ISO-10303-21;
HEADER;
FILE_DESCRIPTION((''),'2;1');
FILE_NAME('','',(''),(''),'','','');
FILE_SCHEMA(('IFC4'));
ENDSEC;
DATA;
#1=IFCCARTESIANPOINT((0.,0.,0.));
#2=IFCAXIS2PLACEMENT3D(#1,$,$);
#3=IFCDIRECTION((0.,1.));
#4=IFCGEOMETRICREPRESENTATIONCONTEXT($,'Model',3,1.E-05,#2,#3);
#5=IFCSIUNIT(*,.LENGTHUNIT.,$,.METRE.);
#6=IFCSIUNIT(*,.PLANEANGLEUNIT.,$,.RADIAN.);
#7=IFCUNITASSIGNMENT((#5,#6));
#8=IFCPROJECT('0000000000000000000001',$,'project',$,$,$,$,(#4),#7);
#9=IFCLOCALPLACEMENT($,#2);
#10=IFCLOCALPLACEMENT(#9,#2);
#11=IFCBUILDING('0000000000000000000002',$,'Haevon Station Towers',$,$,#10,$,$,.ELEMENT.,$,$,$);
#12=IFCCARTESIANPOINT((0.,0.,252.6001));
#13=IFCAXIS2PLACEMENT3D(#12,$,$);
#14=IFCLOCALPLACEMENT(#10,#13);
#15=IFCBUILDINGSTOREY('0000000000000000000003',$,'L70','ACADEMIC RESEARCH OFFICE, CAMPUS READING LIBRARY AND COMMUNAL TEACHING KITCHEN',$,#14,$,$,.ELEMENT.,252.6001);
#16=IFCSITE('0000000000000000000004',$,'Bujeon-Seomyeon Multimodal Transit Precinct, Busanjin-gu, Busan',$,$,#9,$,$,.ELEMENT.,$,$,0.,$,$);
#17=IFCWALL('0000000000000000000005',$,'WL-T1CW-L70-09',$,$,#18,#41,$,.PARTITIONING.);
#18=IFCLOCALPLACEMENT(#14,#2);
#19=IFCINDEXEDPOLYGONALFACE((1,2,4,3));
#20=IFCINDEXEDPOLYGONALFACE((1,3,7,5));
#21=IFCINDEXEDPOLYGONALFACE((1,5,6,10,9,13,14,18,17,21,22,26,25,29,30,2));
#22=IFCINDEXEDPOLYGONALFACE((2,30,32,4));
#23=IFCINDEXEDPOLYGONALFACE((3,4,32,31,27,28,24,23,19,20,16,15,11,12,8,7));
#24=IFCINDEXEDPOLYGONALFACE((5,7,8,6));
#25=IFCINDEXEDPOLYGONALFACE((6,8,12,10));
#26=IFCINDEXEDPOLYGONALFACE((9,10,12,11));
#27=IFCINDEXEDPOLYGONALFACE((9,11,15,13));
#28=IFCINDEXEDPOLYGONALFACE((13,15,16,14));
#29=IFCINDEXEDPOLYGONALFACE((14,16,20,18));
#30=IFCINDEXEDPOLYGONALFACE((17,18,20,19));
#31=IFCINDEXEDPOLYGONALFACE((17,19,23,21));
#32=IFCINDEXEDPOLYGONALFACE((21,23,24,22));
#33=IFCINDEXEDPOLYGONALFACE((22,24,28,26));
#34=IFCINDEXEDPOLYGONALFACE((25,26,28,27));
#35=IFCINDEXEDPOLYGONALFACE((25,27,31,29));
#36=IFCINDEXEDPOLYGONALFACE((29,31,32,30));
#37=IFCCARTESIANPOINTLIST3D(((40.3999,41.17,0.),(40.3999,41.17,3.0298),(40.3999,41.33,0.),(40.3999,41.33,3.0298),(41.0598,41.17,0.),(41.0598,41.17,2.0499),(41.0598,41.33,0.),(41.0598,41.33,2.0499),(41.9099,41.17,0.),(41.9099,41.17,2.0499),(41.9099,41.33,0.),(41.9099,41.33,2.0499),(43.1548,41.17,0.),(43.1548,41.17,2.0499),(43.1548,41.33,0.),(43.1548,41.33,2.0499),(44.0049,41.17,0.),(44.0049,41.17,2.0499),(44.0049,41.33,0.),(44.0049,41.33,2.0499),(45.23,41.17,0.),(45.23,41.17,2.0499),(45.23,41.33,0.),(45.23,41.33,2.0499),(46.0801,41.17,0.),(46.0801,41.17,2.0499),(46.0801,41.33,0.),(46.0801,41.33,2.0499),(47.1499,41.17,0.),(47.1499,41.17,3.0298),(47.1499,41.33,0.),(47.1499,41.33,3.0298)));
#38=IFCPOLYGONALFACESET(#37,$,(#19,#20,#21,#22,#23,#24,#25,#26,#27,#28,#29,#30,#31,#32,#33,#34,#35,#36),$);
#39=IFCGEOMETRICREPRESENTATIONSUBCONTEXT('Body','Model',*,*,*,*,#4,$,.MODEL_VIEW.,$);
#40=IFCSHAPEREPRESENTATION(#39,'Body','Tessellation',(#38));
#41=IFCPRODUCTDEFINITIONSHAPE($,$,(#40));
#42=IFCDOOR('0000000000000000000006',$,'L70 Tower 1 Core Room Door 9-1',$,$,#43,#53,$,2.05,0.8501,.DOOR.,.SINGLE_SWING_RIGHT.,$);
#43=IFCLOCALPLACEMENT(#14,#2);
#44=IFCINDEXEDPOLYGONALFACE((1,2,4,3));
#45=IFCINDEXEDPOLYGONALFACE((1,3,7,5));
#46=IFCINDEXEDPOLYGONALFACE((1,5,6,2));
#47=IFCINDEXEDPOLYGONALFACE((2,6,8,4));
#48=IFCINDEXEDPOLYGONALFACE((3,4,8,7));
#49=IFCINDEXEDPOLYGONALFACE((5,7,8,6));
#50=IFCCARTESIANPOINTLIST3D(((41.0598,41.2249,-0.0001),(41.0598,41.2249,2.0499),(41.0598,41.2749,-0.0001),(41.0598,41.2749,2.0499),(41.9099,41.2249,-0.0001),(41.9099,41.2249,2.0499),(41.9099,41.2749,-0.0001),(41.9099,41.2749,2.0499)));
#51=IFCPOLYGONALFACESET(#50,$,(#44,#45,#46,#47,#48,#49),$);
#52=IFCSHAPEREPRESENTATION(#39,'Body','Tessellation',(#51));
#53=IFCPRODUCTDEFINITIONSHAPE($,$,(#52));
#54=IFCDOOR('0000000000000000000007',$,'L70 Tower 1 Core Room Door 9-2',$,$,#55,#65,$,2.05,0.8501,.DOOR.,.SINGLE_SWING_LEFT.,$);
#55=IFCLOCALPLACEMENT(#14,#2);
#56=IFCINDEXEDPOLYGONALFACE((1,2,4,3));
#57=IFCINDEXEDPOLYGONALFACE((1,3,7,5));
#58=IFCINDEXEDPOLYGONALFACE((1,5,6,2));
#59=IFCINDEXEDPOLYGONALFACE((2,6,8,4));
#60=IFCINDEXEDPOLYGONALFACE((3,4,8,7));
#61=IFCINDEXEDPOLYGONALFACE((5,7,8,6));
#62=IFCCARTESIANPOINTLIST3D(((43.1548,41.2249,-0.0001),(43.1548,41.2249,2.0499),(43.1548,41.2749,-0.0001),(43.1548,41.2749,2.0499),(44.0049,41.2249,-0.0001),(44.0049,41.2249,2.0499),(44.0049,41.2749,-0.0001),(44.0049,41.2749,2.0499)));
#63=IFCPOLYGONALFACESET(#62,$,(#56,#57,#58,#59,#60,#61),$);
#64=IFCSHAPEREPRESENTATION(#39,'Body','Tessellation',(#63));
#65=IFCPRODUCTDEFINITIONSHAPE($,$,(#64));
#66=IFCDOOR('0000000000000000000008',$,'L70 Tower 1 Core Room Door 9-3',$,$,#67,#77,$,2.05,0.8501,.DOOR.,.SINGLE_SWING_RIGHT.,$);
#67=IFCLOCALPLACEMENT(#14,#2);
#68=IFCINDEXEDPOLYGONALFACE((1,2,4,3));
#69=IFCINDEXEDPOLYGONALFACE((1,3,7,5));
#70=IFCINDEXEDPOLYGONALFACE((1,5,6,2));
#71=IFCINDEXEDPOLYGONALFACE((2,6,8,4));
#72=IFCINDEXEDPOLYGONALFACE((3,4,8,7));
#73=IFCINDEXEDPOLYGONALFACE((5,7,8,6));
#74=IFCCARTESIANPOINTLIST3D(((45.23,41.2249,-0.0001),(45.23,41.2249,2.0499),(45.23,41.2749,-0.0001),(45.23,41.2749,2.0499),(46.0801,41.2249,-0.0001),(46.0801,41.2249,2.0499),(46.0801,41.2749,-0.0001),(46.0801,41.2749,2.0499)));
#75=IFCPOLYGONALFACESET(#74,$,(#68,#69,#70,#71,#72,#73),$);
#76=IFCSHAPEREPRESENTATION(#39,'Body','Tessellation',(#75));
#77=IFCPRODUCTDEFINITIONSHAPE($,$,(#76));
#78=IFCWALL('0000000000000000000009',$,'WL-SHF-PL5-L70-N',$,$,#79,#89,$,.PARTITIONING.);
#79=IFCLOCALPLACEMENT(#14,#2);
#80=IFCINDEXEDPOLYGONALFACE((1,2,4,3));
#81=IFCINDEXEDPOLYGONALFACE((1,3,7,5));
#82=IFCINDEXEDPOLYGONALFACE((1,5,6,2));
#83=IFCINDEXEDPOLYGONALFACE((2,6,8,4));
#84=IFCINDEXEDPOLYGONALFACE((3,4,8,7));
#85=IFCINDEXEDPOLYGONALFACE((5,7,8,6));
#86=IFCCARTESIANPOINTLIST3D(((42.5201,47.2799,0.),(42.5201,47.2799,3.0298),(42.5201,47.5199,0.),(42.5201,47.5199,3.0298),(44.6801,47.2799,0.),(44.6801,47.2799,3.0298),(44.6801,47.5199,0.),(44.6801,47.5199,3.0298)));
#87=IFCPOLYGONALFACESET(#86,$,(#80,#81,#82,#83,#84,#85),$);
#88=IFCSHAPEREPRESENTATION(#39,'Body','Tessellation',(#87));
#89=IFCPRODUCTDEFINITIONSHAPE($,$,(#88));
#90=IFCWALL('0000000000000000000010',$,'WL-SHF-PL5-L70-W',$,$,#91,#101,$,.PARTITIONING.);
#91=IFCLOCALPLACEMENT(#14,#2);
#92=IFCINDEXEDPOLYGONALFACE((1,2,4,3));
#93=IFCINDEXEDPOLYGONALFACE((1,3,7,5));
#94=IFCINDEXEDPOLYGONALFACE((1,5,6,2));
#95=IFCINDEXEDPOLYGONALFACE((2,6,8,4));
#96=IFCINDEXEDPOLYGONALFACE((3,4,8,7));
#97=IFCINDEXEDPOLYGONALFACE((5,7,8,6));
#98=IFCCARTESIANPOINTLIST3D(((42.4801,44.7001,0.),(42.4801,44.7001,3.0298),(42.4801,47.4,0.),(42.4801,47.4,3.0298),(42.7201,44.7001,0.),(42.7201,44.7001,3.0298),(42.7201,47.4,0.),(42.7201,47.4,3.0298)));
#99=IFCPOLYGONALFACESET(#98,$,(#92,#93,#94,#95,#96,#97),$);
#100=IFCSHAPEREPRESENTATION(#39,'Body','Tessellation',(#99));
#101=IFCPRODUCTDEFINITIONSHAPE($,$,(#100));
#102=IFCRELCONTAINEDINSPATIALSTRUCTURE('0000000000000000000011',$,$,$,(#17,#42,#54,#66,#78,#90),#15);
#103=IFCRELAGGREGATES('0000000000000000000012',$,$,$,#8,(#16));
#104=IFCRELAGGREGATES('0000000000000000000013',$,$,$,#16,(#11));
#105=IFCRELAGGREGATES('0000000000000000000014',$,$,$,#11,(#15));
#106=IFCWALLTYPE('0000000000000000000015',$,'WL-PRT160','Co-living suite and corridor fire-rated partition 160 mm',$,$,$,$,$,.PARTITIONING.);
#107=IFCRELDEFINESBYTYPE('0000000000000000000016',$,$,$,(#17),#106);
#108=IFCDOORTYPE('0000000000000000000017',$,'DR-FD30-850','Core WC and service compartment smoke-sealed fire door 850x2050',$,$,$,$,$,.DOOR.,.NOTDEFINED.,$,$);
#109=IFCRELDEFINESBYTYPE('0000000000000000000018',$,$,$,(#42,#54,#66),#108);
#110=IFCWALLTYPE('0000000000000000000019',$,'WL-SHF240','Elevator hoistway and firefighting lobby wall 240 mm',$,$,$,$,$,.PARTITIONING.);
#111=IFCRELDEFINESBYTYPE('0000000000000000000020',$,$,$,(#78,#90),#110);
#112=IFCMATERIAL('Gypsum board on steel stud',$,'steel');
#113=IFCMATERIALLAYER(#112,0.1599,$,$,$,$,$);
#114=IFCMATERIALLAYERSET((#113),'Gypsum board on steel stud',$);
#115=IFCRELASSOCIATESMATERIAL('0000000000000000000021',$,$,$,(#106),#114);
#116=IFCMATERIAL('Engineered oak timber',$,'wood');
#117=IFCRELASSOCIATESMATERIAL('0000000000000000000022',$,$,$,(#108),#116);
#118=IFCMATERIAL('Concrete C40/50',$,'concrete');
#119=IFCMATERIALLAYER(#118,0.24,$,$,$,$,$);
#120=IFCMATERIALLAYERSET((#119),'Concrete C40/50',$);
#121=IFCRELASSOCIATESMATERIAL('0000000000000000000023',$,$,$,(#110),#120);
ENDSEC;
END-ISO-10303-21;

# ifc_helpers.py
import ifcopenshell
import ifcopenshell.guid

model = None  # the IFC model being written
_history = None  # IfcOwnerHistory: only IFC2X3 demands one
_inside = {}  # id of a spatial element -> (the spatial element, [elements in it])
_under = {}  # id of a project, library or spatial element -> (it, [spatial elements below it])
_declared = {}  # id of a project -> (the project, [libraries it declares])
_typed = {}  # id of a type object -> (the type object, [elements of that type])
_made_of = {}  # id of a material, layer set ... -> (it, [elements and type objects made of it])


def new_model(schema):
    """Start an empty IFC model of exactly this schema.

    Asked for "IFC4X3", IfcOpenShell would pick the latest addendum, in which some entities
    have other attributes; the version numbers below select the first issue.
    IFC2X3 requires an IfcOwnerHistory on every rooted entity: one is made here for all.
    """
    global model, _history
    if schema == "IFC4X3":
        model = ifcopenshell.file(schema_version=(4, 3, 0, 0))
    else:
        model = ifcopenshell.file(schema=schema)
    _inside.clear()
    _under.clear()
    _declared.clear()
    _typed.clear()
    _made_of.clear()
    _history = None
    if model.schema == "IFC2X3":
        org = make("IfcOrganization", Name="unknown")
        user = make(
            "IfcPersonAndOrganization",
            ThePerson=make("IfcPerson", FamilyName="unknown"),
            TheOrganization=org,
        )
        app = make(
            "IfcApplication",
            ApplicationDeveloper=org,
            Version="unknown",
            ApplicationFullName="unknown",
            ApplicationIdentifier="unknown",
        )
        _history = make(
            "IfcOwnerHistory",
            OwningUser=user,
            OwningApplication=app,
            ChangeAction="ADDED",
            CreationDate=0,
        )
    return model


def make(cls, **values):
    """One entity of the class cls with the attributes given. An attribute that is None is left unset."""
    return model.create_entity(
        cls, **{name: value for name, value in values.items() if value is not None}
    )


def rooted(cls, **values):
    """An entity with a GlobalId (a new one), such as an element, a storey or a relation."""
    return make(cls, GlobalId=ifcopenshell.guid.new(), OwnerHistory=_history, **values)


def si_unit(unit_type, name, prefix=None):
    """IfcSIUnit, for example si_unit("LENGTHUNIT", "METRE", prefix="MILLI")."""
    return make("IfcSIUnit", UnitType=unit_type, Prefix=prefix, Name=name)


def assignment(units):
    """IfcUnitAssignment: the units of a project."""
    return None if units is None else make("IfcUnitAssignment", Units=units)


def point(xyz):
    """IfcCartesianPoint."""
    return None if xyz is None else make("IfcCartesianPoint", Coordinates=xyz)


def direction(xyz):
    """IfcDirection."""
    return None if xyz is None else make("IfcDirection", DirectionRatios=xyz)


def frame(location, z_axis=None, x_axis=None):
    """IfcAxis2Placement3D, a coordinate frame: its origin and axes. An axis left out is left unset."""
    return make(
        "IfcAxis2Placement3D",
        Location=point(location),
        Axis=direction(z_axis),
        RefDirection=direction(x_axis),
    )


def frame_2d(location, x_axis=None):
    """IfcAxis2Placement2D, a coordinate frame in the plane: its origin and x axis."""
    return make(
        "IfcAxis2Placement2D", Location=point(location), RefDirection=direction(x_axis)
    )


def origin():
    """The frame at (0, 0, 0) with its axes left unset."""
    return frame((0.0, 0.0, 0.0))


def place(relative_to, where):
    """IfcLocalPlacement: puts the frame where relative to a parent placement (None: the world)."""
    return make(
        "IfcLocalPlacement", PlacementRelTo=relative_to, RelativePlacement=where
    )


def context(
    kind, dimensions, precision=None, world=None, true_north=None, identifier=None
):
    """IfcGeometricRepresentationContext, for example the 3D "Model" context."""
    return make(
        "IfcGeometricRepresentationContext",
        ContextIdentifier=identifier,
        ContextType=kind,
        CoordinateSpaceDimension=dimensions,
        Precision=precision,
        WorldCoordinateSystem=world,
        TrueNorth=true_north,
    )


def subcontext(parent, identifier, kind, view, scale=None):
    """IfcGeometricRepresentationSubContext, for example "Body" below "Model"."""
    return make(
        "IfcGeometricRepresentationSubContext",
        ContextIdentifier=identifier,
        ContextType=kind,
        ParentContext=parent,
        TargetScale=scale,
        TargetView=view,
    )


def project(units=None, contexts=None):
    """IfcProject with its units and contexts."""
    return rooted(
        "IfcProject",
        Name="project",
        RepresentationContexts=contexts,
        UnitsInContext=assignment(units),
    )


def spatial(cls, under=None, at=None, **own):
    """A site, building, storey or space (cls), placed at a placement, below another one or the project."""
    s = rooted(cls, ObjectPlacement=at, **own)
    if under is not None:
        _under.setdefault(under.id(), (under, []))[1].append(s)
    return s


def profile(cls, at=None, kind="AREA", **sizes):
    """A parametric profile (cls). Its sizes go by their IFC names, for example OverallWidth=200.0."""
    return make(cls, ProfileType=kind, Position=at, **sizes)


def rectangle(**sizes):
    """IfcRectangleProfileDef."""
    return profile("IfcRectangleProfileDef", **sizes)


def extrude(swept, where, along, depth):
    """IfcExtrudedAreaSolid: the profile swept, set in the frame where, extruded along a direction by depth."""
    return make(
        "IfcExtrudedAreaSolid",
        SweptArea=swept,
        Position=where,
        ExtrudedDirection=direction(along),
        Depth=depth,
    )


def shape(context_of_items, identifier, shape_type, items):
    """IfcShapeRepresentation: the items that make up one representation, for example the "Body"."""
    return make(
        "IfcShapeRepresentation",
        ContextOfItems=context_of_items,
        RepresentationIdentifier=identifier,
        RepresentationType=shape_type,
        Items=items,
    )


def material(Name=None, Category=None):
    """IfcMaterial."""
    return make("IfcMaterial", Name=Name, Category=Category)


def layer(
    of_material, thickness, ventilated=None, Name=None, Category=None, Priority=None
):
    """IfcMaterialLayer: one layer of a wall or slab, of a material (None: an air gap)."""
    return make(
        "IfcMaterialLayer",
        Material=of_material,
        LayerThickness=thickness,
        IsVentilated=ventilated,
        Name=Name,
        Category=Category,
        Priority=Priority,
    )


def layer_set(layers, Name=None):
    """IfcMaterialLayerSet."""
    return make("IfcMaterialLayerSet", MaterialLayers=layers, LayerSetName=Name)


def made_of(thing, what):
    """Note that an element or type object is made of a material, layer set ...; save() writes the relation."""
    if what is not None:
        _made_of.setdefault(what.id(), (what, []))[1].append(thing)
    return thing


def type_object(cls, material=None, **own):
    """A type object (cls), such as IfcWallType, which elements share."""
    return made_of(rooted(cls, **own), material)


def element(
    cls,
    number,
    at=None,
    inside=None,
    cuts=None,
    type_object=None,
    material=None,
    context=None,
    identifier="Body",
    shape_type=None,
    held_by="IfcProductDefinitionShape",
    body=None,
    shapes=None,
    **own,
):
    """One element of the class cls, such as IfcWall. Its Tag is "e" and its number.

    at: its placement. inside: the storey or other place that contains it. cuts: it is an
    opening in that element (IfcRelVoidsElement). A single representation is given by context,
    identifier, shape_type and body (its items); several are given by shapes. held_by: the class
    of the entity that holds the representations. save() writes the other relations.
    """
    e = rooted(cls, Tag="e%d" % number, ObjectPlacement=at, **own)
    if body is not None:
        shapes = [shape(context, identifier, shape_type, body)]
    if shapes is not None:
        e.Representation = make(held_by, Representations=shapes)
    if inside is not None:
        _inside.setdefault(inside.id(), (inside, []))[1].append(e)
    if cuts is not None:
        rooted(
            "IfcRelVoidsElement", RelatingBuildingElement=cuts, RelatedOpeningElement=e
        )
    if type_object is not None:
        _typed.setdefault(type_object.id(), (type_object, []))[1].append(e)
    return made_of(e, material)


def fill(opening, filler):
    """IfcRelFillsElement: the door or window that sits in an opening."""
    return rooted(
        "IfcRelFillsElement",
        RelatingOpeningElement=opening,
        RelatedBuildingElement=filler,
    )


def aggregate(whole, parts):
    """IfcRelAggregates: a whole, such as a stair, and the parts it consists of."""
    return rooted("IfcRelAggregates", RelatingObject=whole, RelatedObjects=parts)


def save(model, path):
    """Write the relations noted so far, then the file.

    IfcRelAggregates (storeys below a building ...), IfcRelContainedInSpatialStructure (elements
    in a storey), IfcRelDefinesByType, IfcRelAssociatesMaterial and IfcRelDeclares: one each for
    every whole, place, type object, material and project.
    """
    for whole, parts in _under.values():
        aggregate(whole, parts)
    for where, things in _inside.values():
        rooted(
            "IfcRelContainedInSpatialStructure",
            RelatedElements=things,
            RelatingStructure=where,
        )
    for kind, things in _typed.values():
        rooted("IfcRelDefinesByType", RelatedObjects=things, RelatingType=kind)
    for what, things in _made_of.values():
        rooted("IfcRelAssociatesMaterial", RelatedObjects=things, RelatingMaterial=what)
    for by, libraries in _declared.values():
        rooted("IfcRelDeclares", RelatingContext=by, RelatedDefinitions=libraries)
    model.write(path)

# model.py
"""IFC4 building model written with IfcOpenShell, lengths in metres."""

from ifc_helpers import new_model, si_unit, direction, frame, frame_2d, origin, place, context, subcontext, project, spatial, rectangle, extrude, material, layer, layer_set, type_object, element, fill, save


model = new_model("IFC4")

# Units and contexts
model_context = context("Model", 3, precision=1e-05, world=origin(), true_north=direction((0.0, 1.0)))
body_context = subcontext(model_context, "Body", "Model", "MODEL_VIEW")
ifc_project = project(units=[si_unit("LENGTHUNIT", "METRE"), si_unit("PLANEANGLEUNIT", "RADIAN")], contexts=[model_context])

# Site, building, storey
site_placement = place(None, origin())
site = spatial("IfcSite", under=ifc_project, at=site_placement, Name="Bujeon-Seomyeon Multimodal Transit Precinct, Busanjin-gu, Busan", CompositionType="ELEMENT", RefElevation=0.0)
building_placement = place(site_placement, origin())
building = spatial("IfcBuilding", under=site, at=building_placement, Name="Haevon Station Towers", CompositionType="ELEMENT")
storey_placement = place(building_placement, frame((0.0, 0.0, 252.6001)))
storey = spatial("IfcBuildingStorey", under=building, at=storey_placement, Name="L70", Description="ACADEMIC RESEARCH OFFICE, CAMPUS READING LIBRARY AND COMMUNAL TEACHING KITCHEN", CompositionType="ELEMENT", Elevation=252.6001)

# Shared definitions
ifc_material_1 = material(Name="Gypsum board on steel stud", Category="steel")
ifc_layer_1 = layer(ifc_material_1, 0.1599)
ifc_layer_set_1 = layer_set([ifc_layer_1], Name="Gypsum board on steel stud")
wall_type_1 = type_object("IfcWallType", Name="WL-PRT160", Description="Co-living suite and corridor fire-rated partition 160 mm", PredefinedType="PARTITIONING", material=ifc_layer_set_1)

# Shared definitions
ifc_material_2 = material(Name="Engineered oak timber", Category="wood")

# Wall, openings, doors
wall_1_placement = place(storey_placement, frame((40.3999, 41.25, 0.0), z_axis=(0.0, 0.0, 1.0), x_axis=(1.0, 0.0, 0.0)))
wall_1 = element("IfcWall", 1, at=wall_1_placement, inside=storey, type_object=wall_type_1, Name="WL-T1CW-L70-09", PredefinedType="PARTITIONING", context=body_context, shape_type="SweptSolid", body=[
    extrude(rectangle(XDim=6.75, YDim=0.1599, at=frame_2d((3.375, 0.0))), origin(), (0.0, 0.0, 1.0), 3.0298),
])
opening_1_placement = place(wall_1_placement, frame((0.6599, 0.0, 0.0)))
opening_1 = element("IfcOpeningElement", 2, at=opening_1_placement, cuts=wall_1, PredefinedType="OPENING", context=body_context, shape_type="SweptSolid", body=[
    extrude(rectangle(XDim=0.8501, YDim=2.05, at=frame_2d((0.425, 1.0249))), frame((0.0, 0.0898, 0.0), z_axis=(0.0, -1.0, 0.0), x_axis=(1.0, 0.0, 0.0)), (0.0, 0.0, 1.0), 0.1799),
])
opening_2_placement = place(wall_1_placement, frame((2.7549, 0.0, 0.0)))
opening_2 = element("IfcOpeningElement", 3, at=opening_2_placement, cuts=wall_1, PredefinedType="OPENING", context=body_context, shape_type="SweptSolid", body=[
    extrude(rectangle(XDim=0.8501, YDim=2.05, at=frame_2d((0.425, 1.0249))), frame((0.0, 0.0898, 0.0), z_axis=(0.0, -1.0, 0.0), x_axis=(1.0, 0.0, 0.0)), (0.0, 0.0, 1.0), 0.1799),
])
opening_3_placement = place(wall_1_placement, frame((4.8301, 0.0, 0.0)))
opening_3 = element("IfcOpeningElement", 4, at=opening_3_placement, cuts=wall_1, PredefinedType="OPENING", context=body_context, shape_type="SweptSolid", body=[
    extrude(rectangle(XDim=0.8501, YDim=2.05, at=frame_2d((0.425, 1.0249))), frame((0.0, 0.0898, 0.0), z_axis=(0.0, -1.0, 0.0), x_axis=(1.0, 0.0, 0.0)), (0.0, 0.0, 1.0), 0.1799),
])
door_type_1 = type_object("IfcDoorType", Name="DR-FD30-850", Description="Core WC and service compartment smoke-sealed fire door 850x2050", OperationType="NOTDEFINED", PredefinedType="DOOR", material=ifc_material_2)
door_1_placement = place(opening_1_placement, origin())
door_1 = element("IfcDoor", 5, at=door_1_placement, inside=storey, type_object=door_type_1, Name="L70 Tower 1 Core Room Door 9-1", OperationType="SINGLE_SWING_RIGHT", OverallHeight=2.05, OverallWidth=0.8501, PredefinedType="DOOR", context=body_context, shape_type="SweptSolid", body=[
    extrude(rectangle(XDim=0.8501, YDim=2.05, at=frame_2d((0.425, 1.0249))), frame((0.0, 0.0249, 0.0), z_axis=(0.0, -1.0, 0.0), x_axis=(1.0, 0.0, 0.0)), (0.0, 0.0, 1.0), 0.05),
])
fill(opening_1, door_1)
door_2_placement = place(opening_2_placement, origin())
door_2 = element("IfcDoor", 6, at=door_2_placement, inside=storey, type_object=door_type_1, Name="L70 Tower 1 Core Room Door 9-2", OperationType="SINGLE_SWING_LEFT", OverallHeight=2.05, OverallWidth=0.8501, PredefinedType="DOOR", context=body_context, shape_type="SweptSolid", body=[
    extrude(rectangle(XDim=0.8501, YDim=2.05, at=frame_2d((0.425, 1.0249))), frame((0.0, 0.0249, 0.0), z_axis=(0.0, -1.0, 0.0), x_axis=(1.0, 0.0, 0.0)), (0.0, 0.0, 1.0), 0.05),
])
fill(opening_2, door_2)
door_3_placement = place(opening_3_placement, origin())
door_3 = element("IfcDoor", 7, at=door_3_placement, inside=storey, type_object=door_type_1, Name="L70 Tower 1 Core Room Door 9-3", OperationType="SINGLE_SWING_RIGHT", OverallHeight=2.05, OverallWidth=0.8501, PredefinedType="DOOR", context=body_context, shape_type="SweptSolid", body=[
    extrude(rectangle(XDim=0.8501, YDim=2.05, at=frame_2d((0.425, 1.0249))), frame((0.0, 0.0249, 0.0), z_axis=(0.0, -1.0, 0.0), x_axis=(1.0, 0.0, 0.0)), (0.0, 0.0, 1.0), 0.05),
])
fill(opening_3, door_3)

# Shared definitions
ifc_material_3 = material(Name="Concrete C40/50", Category="concrete")
ifc_layer_2 = layer(ifc_material_3, 0.24)
ifc_layer_set_2 = layer_set([ifc_layer_2], Name="Concrete C40/50")
wall_type_2 = type_object("IfcWallType", Name="WL-SHF240", Description="Elevator hoistway and firefighting lobby wall 240 mm", PredefinedType="PARTITIONING", material=ifc_layer_set_2)

# Walls
wall_2_placement = place(storey_placement, frame((42.52, 47.3999, 0.0), z_axis=(0.0, 0.0, 1.0), x_axis=(1.0, 0.0, 0.0)))
element("IfcWall", 8, at=wall_2_placement, inside=storey, type_object=wall_type_2, Name="WL-SHF-PL5-L70-N", PredefinedType="PARTITIONING", context=body_context, shape_type="SweptSolid", body=[
    extrude(rectangle(XDim=2.1599, YDim=0.24, at=frame_2d((1.0801, 0.0))), origin(), (0.0, 0.0, 1.0), 3.0298),
])
wall_3_placement = place(storey_placement, frame((42.6001, 44.7, 0.0), z_axis=(0.0, 0.0, 1.0), x_axis=(0.0, 1.0, 0.0)))
element("IfcWall", 9, at=wall_3_placement, inside=storey, type_object=wall_type_2, Name="WL-SHF-PL5-L70-W", PredefinedType="PARTITIONING", context=body_context, shape_type="SweptSolid", body=[
    extrude(rectangle(XDim=2.7, YDim=0.24, at=frame_2d((1.3501, 0.0))), origin(), (0.0, 0.0, 1.0), 3.0298),
])

save(model, "model.ifc")
